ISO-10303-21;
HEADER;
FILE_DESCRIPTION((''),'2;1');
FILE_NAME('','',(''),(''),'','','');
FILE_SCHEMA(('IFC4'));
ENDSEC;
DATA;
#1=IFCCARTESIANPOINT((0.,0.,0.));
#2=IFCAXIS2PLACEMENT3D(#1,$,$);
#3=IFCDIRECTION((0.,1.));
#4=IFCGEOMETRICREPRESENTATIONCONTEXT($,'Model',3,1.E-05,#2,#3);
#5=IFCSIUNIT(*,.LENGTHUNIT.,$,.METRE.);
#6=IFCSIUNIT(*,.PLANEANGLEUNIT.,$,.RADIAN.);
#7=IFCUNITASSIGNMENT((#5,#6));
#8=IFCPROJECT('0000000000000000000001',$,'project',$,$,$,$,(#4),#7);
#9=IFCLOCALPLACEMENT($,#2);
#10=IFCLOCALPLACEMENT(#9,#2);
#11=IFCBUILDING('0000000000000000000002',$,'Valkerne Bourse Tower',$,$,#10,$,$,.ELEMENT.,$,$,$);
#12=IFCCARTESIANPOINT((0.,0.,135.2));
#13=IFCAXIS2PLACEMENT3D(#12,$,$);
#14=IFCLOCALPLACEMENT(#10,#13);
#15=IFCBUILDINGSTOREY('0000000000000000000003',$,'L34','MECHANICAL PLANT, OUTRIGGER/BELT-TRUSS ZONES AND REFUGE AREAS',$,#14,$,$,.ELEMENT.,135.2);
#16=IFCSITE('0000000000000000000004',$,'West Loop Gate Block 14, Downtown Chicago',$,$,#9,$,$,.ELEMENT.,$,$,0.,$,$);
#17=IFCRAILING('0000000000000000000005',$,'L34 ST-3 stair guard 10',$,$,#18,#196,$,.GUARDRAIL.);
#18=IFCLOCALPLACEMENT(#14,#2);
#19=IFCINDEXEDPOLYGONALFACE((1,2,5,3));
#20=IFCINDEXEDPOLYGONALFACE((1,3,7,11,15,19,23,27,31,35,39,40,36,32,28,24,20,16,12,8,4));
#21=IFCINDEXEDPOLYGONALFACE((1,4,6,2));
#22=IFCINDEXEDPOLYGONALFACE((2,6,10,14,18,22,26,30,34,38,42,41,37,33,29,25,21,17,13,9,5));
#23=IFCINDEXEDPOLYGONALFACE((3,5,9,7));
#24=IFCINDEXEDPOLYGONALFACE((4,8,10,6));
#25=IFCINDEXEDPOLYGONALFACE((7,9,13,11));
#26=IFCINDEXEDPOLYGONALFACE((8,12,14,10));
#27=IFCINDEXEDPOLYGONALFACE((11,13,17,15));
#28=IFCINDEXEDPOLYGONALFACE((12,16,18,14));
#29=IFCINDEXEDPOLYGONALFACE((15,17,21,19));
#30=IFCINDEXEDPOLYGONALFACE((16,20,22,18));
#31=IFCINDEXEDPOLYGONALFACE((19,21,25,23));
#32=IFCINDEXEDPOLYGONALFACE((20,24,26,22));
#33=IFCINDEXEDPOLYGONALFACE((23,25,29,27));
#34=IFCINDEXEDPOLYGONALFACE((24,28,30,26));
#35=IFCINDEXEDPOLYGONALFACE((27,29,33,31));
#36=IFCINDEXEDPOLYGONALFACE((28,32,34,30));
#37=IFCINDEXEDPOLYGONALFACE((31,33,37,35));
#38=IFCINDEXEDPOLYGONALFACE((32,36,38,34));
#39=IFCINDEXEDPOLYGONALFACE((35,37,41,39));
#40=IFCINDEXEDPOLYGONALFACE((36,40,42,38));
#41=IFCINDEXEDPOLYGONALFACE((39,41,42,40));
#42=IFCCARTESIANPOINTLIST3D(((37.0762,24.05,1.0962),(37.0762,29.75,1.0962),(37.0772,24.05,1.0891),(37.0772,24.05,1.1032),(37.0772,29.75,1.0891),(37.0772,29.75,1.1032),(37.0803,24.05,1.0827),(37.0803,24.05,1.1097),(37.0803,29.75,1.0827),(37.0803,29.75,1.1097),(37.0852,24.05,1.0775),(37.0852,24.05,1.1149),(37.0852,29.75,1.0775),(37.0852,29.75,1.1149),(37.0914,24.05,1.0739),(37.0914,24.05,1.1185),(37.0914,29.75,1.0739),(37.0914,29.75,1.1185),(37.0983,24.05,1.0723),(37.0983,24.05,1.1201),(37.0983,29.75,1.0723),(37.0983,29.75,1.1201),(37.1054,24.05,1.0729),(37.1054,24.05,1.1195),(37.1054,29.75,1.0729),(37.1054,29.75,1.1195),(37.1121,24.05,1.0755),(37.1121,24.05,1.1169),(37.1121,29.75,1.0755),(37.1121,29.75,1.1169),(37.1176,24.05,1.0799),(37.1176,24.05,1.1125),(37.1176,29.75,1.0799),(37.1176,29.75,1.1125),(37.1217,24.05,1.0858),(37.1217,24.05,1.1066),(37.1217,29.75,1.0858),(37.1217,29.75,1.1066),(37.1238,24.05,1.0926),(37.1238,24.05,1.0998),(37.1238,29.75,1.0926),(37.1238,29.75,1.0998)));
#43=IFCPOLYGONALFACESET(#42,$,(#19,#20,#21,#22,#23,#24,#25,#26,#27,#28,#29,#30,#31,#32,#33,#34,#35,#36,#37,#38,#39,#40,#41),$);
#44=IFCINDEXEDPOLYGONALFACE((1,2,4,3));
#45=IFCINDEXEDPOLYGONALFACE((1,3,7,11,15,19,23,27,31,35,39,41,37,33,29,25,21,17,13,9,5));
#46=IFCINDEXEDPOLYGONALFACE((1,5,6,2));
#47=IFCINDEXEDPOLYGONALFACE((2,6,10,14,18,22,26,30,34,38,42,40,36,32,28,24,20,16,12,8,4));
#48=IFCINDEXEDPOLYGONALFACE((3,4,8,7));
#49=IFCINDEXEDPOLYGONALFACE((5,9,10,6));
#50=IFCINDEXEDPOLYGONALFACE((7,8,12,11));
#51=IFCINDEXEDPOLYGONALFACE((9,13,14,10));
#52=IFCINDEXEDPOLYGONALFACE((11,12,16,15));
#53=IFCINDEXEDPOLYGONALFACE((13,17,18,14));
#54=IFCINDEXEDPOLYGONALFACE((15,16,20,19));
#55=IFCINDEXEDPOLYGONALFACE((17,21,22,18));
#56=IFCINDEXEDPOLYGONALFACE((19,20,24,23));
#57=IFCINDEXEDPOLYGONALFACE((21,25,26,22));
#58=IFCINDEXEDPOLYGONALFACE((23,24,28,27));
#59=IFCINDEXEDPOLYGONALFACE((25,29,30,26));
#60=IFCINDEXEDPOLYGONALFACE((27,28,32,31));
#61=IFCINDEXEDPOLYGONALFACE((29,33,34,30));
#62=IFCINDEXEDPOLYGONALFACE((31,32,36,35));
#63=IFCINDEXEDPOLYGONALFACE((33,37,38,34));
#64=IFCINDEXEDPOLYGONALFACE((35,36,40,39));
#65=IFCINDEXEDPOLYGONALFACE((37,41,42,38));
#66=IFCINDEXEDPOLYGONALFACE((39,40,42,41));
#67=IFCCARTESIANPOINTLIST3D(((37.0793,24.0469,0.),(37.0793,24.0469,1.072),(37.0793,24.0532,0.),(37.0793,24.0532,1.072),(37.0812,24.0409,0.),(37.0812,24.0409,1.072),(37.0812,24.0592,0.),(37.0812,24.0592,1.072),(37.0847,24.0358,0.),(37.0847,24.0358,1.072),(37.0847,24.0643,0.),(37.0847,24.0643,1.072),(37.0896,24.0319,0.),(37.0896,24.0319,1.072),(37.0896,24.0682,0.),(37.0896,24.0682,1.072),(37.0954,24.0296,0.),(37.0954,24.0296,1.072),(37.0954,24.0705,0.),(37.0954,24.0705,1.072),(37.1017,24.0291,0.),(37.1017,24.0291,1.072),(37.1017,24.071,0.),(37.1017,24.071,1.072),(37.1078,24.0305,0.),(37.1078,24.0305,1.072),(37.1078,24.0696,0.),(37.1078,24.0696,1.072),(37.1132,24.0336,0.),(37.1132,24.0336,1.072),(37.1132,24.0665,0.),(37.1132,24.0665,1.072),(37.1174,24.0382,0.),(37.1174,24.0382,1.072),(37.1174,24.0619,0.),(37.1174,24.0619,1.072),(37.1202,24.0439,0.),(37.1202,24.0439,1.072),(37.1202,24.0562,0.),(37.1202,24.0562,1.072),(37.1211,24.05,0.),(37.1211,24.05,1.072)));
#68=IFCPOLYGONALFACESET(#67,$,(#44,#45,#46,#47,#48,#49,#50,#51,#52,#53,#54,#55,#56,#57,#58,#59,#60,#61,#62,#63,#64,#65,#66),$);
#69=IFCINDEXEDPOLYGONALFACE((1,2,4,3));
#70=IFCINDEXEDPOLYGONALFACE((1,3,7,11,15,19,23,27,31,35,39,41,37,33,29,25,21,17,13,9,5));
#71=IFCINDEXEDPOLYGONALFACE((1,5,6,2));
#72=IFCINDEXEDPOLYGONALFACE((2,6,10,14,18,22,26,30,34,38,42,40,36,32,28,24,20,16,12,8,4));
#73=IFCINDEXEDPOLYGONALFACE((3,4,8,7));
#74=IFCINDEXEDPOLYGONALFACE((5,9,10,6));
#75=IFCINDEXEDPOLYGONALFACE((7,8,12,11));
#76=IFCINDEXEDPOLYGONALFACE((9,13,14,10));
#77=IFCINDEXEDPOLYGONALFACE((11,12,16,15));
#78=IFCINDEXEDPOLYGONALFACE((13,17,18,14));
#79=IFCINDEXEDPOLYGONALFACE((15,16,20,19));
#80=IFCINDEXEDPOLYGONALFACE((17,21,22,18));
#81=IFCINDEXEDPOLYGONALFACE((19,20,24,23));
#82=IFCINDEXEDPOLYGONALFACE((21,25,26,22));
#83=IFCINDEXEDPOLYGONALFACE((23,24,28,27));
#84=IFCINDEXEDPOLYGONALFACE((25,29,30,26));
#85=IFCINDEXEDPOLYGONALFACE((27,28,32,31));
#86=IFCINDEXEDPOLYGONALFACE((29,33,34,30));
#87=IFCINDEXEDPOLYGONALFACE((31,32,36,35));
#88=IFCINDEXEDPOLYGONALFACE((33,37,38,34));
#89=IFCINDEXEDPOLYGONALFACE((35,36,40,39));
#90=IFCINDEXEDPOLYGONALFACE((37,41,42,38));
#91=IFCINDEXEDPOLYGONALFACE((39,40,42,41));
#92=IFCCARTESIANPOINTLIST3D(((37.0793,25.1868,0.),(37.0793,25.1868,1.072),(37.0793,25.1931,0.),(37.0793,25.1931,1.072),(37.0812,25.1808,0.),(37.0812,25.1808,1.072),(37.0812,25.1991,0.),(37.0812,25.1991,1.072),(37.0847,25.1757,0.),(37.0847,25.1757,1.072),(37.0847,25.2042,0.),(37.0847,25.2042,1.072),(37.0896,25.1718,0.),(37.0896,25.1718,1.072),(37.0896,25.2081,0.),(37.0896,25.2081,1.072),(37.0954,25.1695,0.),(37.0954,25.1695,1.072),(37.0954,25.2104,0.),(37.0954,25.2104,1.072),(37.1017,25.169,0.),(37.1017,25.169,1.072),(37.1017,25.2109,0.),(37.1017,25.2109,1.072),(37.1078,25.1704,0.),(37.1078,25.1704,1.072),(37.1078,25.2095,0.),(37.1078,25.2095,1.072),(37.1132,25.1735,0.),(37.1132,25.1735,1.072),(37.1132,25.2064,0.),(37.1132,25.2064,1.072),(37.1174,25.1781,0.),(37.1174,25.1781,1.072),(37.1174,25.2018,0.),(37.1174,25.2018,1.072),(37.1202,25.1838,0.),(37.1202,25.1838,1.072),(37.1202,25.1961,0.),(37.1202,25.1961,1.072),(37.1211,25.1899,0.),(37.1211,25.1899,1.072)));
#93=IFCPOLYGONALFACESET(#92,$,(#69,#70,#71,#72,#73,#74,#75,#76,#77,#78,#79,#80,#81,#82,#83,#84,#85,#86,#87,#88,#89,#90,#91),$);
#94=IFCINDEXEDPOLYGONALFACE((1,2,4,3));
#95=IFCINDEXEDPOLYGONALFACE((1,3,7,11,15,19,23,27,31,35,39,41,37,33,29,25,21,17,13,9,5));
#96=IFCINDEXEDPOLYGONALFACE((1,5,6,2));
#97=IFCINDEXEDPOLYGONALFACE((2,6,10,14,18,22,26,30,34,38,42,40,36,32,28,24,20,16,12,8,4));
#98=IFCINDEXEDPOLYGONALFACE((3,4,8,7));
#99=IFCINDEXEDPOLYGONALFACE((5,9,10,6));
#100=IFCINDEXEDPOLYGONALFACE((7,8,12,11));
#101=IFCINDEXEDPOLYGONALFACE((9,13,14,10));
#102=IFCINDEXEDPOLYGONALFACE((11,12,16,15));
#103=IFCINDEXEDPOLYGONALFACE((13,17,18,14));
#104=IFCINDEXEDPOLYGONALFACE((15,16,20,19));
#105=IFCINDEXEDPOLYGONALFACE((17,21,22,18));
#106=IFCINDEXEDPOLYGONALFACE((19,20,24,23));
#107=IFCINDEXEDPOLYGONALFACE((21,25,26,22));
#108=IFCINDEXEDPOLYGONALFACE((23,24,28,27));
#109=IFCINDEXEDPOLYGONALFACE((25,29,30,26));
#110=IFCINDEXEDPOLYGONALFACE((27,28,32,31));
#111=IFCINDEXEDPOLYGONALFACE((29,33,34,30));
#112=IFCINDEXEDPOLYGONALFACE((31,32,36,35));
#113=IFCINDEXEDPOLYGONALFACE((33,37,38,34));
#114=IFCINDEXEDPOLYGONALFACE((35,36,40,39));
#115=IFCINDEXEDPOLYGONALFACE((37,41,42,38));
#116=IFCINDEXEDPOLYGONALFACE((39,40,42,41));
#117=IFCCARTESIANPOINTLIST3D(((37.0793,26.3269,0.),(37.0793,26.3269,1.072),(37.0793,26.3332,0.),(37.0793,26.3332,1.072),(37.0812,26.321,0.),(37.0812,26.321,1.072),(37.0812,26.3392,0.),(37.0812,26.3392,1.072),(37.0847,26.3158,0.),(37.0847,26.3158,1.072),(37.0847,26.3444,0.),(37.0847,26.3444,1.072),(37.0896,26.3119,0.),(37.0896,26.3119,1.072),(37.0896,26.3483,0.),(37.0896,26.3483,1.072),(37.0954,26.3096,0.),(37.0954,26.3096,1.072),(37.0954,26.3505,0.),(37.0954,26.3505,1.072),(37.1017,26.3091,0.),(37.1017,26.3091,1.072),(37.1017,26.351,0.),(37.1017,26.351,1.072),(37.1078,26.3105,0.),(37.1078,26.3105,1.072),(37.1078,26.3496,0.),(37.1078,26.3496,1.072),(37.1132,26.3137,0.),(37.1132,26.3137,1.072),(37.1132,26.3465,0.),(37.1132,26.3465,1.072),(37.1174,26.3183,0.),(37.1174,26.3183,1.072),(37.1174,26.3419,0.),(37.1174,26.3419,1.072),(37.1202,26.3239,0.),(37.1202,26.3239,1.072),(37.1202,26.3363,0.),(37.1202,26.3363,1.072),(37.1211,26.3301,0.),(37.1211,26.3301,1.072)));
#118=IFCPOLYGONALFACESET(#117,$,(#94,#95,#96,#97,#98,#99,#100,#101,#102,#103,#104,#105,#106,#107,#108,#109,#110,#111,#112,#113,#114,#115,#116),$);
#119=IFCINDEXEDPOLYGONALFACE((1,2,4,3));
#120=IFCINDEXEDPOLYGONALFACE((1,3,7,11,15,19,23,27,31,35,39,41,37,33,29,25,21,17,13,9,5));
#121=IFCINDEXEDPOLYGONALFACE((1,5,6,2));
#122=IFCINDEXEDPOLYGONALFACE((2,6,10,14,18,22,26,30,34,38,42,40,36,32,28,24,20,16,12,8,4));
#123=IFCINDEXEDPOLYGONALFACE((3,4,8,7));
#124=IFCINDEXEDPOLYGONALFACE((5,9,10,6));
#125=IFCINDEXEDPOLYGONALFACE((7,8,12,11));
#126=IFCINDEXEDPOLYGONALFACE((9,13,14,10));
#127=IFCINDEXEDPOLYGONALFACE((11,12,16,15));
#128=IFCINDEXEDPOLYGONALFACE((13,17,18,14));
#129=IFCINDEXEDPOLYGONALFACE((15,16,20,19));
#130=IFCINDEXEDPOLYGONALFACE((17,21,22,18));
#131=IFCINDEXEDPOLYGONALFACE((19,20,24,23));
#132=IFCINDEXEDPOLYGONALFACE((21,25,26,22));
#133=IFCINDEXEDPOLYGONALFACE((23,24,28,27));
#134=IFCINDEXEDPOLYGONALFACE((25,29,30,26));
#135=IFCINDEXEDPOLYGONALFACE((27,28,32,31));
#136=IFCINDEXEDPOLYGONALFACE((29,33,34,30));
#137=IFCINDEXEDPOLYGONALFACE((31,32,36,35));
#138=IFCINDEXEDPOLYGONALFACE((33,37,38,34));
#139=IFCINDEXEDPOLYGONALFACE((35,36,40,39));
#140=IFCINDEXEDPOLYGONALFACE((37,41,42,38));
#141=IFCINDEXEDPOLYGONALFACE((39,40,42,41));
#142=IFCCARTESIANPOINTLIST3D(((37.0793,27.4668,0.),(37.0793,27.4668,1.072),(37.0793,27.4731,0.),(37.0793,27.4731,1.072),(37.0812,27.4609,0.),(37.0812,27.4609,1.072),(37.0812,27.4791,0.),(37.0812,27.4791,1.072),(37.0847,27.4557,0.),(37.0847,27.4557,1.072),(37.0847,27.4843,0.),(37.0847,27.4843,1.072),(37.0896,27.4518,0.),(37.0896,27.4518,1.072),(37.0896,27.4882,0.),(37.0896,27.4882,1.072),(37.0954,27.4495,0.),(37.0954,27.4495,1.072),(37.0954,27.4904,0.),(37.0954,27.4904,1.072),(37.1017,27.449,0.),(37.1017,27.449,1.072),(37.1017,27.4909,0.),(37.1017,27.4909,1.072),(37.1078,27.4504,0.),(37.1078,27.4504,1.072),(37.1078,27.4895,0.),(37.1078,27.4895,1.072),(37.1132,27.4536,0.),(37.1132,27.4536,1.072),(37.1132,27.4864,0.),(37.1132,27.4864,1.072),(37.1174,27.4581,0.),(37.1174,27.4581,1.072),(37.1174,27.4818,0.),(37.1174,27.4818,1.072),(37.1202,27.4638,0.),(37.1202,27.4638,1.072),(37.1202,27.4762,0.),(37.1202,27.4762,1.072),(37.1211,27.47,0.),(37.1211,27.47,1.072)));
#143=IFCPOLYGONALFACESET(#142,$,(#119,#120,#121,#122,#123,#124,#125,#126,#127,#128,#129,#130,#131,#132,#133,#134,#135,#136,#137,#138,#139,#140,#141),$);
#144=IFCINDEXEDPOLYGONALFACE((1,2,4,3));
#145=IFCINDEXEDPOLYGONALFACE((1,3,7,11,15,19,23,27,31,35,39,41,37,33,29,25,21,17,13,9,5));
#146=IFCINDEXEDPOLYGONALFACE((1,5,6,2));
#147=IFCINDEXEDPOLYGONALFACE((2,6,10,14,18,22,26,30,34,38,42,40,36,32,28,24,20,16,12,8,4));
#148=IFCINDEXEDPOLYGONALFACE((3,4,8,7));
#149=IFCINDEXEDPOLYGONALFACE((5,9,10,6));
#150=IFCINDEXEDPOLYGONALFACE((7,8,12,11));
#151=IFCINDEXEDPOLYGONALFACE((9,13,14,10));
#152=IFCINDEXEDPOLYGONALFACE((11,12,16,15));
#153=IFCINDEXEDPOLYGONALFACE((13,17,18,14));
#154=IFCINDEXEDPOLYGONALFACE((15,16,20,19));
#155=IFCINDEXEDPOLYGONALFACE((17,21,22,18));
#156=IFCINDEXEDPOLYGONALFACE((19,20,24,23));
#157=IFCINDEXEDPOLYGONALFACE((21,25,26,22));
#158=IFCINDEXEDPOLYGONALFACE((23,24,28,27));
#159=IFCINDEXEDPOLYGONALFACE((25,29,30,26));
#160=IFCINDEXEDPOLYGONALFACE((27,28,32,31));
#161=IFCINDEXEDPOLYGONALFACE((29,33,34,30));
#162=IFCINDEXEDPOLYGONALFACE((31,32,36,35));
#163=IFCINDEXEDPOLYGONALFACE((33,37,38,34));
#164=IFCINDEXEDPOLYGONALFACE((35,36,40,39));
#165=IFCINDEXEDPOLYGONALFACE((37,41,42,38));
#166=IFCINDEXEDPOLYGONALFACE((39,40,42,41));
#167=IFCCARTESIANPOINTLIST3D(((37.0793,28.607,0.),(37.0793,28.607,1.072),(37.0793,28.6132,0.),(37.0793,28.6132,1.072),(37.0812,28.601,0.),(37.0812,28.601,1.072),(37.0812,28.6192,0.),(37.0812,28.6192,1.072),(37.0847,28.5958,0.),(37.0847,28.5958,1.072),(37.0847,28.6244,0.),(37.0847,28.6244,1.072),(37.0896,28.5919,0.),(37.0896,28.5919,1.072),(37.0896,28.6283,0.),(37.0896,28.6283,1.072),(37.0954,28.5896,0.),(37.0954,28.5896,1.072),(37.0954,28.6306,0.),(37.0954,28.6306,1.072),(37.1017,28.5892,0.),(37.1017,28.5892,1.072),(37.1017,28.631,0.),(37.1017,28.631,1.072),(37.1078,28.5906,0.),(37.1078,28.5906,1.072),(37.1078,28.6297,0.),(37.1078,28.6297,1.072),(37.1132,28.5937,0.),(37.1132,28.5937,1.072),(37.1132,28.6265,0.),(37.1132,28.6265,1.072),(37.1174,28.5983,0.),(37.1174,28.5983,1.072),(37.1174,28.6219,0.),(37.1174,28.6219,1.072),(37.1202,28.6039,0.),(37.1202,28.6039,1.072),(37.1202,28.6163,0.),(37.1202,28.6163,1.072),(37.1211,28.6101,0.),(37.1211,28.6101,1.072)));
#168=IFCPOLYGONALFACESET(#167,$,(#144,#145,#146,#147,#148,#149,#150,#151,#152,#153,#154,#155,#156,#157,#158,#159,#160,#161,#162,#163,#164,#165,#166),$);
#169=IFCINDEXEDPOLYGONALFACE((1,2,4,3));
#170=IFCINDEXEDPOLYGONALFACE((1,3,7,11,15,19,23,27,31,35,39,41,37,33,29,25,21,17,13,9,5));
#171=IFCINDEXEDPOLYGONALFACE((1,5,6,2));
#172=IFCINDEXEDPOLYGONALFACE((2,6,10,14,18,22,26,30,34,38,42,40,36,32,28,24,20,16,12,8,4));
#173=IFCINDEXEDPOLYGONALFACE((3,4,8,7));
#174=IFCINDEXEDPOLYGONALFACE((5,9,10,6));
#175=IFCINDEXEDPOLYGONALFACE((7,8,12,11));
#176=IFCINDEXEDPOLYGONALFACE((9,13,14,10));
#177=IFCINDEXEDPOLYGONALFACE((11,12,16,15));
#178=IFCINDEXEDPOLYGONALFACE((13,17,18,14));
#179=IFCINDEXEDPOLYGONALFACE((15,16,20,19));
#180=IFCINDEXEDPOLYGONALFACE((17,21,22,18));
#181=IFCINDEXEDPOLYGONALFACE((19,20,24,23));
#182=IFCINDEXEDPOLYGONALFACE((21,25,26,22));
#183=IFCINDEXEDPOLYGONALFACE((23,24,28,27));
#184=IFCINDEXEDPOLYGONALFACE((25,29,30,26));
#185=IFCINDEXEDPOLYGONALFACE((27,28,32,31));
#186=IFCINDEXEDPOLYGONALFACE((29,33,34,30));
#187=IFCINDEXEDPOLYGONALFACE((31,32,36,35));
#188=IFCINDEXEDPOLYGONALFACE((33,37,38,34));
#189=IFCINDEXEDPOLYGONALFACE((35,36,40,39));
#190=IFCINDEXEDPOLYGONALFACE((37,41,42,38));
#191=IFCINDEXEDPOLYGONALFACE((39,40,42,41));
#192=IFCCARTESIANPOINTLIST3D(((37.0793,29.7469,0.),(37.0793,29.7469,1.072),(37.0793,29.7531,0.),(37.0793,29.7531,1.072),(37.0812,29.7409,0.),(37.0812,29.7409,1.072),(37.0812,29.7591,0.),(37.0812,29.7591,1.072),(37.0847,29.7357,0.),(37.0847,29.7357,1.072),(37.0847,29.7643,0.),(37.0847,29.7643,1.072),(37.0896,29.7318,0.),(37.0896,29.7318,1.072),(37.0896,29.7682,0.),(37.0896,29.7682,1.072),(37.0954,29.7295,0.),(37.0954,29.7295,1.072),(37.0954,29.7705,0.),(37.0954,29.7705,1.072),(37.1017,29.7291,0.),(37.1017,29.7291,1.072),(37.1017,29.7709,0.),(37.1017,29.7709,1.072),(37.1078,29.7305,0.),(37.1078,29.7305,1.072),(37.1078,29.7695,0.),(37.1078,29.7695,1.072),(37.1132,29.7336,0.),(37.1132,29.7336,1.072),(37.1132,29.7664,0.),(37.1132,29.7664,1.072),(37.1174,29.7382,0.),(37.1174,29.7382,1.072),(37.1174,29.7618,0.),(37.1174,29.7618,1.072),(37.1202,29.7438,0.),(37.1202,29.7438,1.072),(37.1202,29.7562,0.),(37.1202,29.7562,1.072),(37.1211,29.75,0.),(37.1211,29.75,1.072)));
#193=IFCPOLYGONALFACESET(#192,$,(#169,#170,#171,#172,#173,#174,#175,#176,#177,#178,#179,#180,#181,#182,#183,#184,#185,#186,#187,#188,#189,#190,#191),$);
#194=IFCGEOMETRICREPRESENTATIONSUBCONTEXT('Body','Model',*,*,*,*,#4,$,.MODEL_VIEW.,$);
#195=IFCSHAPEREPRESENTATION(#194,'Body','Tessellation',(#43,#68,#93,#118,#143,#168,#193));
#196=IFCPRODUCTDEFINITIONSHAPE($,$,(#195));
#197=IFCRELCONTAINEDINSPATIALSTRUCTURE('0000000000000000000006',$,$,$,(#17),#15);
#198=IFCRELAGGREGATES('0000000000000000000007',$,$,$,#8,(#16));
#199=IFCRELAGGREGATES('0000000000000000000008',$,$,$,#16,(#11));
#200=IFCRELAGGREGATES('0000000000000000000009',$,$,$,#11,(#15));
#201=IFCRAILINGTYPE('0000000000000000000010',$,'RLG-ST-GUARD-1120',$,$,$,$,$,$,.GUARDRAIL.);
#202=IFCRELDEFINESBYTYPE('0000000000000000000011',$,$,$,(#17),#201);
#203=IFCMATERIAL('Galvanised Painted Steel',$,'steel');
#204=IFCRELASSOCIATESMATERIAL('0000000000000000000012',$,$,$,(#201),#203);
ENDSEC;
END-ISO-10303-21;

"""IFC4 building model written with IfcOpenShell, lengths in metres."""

from ifc_helpers import new_model, si_unit, direction, frame, origin, origin_2d, place, context, subcontext, project, spatial, circle, extrude, material, type_object, element, save


model = new_model("IFC4")

# Units and contexts
model_context = context("Model", 3, precision=1e-05, world=origin(), true_north=direction((0.0, 1.0)))
body_context = subcontext(model_context, "Body", "Model", "MODEL_VIEW")
ifc_project = project(units=[si_unit("LENGTHUNIT", "METRE"), si_unit("PLANEANGLEUNIT", "RADIAN")], contexts=[model_context])

# Site, building, storey
site_placement = place(None, origin())
site = spatial("IfcSite", under=ifc_project, at=site_placement, Name="West Loop Gate Block 14, Downtown Chicago", CompositionType="ELEMENT", RefElevation=0.0)
building_placement = place(site_placement, origin())
building = spatial("IfcBuilding", under=site, at=building_placement, Name="Valkerne Bourse Tower", CompositionType="ELEMENT")
storey_placement = place(building_placement, frame((0.0, 0.0, 135.2)))
storey = spatial("IfcBuildingStorey", under=building, at=storey_placement, Name="L34", Description="MECHANICAL PLANT, OUTRIGGER/BELT-TRUSS ZONES AND REFUGE AREAS", CompositionType="ELEMENT", Elevation=135.2)

# Shared definitions
ifc_material_1 = material(Name="Galvanised Painted Steel", Category="steel")

# Railing
railing_type_1 = type_object("IfcRailingType", Name="RLG-ST-GUARD-1120", PredefinedType="GUARDRAIL", material=ifc_material_1)
for number, where, name in (
    (1, (37.1001, 24.05, 0.0), "L34 ST-3 stair guard 10"),
):
    element("IfcRailing", number, at=place(storey_placement, frame(where)), inside=storey, type_object=railing_type_1, Name=name, PredefinedType="GUARDRAIL", context=body_context, shape_type="SweptSolid", body=[
        extrude(circle(Radius=0.0239, at=origin_2d()), frame((0.0, 0.0, 1.0962), z_axis=(0.0, 1.0, 0.0), x_axis=(-1.0, 0.0, 0.0)), (0.0, 0.0, 1.0), 5.7),
        extrude(circle(Radius=0.021, at=origin_2d()), origin(), (0.0, 0.0, 1.0), 1.072),
        extrude(circle(Radius=0.021, at=origin_2d()), frame((0.0, 1.1399, 0.0)), (0.0, 0.0, 1.0), 1.072),
        extrude(circle(Radius=0.021, at=origin_2d()), frame((0.0, 2.28, 0.0)), (0.0, 0.0, 1.0), 1.072),
        extrude(circle(Radius=0.021, at=origin_2d()), frame((0.0, 3.4199, 0.0)), (0.0, 0.0, 1.0), 1.072),
        extrude(circle(Radius=0.021, at=origin_2d()), frame((0.0, 4.5601, 0.0)), (0.0, 0.0, 1.0), 1.072),
        extrude(circle(Radius=0.021, at=origin_2d()), frame((0.0, 5.7, 0.0)), (0.0, 0.0, 1.0), 1.072),
    ])

save(model, "model.ifc")
